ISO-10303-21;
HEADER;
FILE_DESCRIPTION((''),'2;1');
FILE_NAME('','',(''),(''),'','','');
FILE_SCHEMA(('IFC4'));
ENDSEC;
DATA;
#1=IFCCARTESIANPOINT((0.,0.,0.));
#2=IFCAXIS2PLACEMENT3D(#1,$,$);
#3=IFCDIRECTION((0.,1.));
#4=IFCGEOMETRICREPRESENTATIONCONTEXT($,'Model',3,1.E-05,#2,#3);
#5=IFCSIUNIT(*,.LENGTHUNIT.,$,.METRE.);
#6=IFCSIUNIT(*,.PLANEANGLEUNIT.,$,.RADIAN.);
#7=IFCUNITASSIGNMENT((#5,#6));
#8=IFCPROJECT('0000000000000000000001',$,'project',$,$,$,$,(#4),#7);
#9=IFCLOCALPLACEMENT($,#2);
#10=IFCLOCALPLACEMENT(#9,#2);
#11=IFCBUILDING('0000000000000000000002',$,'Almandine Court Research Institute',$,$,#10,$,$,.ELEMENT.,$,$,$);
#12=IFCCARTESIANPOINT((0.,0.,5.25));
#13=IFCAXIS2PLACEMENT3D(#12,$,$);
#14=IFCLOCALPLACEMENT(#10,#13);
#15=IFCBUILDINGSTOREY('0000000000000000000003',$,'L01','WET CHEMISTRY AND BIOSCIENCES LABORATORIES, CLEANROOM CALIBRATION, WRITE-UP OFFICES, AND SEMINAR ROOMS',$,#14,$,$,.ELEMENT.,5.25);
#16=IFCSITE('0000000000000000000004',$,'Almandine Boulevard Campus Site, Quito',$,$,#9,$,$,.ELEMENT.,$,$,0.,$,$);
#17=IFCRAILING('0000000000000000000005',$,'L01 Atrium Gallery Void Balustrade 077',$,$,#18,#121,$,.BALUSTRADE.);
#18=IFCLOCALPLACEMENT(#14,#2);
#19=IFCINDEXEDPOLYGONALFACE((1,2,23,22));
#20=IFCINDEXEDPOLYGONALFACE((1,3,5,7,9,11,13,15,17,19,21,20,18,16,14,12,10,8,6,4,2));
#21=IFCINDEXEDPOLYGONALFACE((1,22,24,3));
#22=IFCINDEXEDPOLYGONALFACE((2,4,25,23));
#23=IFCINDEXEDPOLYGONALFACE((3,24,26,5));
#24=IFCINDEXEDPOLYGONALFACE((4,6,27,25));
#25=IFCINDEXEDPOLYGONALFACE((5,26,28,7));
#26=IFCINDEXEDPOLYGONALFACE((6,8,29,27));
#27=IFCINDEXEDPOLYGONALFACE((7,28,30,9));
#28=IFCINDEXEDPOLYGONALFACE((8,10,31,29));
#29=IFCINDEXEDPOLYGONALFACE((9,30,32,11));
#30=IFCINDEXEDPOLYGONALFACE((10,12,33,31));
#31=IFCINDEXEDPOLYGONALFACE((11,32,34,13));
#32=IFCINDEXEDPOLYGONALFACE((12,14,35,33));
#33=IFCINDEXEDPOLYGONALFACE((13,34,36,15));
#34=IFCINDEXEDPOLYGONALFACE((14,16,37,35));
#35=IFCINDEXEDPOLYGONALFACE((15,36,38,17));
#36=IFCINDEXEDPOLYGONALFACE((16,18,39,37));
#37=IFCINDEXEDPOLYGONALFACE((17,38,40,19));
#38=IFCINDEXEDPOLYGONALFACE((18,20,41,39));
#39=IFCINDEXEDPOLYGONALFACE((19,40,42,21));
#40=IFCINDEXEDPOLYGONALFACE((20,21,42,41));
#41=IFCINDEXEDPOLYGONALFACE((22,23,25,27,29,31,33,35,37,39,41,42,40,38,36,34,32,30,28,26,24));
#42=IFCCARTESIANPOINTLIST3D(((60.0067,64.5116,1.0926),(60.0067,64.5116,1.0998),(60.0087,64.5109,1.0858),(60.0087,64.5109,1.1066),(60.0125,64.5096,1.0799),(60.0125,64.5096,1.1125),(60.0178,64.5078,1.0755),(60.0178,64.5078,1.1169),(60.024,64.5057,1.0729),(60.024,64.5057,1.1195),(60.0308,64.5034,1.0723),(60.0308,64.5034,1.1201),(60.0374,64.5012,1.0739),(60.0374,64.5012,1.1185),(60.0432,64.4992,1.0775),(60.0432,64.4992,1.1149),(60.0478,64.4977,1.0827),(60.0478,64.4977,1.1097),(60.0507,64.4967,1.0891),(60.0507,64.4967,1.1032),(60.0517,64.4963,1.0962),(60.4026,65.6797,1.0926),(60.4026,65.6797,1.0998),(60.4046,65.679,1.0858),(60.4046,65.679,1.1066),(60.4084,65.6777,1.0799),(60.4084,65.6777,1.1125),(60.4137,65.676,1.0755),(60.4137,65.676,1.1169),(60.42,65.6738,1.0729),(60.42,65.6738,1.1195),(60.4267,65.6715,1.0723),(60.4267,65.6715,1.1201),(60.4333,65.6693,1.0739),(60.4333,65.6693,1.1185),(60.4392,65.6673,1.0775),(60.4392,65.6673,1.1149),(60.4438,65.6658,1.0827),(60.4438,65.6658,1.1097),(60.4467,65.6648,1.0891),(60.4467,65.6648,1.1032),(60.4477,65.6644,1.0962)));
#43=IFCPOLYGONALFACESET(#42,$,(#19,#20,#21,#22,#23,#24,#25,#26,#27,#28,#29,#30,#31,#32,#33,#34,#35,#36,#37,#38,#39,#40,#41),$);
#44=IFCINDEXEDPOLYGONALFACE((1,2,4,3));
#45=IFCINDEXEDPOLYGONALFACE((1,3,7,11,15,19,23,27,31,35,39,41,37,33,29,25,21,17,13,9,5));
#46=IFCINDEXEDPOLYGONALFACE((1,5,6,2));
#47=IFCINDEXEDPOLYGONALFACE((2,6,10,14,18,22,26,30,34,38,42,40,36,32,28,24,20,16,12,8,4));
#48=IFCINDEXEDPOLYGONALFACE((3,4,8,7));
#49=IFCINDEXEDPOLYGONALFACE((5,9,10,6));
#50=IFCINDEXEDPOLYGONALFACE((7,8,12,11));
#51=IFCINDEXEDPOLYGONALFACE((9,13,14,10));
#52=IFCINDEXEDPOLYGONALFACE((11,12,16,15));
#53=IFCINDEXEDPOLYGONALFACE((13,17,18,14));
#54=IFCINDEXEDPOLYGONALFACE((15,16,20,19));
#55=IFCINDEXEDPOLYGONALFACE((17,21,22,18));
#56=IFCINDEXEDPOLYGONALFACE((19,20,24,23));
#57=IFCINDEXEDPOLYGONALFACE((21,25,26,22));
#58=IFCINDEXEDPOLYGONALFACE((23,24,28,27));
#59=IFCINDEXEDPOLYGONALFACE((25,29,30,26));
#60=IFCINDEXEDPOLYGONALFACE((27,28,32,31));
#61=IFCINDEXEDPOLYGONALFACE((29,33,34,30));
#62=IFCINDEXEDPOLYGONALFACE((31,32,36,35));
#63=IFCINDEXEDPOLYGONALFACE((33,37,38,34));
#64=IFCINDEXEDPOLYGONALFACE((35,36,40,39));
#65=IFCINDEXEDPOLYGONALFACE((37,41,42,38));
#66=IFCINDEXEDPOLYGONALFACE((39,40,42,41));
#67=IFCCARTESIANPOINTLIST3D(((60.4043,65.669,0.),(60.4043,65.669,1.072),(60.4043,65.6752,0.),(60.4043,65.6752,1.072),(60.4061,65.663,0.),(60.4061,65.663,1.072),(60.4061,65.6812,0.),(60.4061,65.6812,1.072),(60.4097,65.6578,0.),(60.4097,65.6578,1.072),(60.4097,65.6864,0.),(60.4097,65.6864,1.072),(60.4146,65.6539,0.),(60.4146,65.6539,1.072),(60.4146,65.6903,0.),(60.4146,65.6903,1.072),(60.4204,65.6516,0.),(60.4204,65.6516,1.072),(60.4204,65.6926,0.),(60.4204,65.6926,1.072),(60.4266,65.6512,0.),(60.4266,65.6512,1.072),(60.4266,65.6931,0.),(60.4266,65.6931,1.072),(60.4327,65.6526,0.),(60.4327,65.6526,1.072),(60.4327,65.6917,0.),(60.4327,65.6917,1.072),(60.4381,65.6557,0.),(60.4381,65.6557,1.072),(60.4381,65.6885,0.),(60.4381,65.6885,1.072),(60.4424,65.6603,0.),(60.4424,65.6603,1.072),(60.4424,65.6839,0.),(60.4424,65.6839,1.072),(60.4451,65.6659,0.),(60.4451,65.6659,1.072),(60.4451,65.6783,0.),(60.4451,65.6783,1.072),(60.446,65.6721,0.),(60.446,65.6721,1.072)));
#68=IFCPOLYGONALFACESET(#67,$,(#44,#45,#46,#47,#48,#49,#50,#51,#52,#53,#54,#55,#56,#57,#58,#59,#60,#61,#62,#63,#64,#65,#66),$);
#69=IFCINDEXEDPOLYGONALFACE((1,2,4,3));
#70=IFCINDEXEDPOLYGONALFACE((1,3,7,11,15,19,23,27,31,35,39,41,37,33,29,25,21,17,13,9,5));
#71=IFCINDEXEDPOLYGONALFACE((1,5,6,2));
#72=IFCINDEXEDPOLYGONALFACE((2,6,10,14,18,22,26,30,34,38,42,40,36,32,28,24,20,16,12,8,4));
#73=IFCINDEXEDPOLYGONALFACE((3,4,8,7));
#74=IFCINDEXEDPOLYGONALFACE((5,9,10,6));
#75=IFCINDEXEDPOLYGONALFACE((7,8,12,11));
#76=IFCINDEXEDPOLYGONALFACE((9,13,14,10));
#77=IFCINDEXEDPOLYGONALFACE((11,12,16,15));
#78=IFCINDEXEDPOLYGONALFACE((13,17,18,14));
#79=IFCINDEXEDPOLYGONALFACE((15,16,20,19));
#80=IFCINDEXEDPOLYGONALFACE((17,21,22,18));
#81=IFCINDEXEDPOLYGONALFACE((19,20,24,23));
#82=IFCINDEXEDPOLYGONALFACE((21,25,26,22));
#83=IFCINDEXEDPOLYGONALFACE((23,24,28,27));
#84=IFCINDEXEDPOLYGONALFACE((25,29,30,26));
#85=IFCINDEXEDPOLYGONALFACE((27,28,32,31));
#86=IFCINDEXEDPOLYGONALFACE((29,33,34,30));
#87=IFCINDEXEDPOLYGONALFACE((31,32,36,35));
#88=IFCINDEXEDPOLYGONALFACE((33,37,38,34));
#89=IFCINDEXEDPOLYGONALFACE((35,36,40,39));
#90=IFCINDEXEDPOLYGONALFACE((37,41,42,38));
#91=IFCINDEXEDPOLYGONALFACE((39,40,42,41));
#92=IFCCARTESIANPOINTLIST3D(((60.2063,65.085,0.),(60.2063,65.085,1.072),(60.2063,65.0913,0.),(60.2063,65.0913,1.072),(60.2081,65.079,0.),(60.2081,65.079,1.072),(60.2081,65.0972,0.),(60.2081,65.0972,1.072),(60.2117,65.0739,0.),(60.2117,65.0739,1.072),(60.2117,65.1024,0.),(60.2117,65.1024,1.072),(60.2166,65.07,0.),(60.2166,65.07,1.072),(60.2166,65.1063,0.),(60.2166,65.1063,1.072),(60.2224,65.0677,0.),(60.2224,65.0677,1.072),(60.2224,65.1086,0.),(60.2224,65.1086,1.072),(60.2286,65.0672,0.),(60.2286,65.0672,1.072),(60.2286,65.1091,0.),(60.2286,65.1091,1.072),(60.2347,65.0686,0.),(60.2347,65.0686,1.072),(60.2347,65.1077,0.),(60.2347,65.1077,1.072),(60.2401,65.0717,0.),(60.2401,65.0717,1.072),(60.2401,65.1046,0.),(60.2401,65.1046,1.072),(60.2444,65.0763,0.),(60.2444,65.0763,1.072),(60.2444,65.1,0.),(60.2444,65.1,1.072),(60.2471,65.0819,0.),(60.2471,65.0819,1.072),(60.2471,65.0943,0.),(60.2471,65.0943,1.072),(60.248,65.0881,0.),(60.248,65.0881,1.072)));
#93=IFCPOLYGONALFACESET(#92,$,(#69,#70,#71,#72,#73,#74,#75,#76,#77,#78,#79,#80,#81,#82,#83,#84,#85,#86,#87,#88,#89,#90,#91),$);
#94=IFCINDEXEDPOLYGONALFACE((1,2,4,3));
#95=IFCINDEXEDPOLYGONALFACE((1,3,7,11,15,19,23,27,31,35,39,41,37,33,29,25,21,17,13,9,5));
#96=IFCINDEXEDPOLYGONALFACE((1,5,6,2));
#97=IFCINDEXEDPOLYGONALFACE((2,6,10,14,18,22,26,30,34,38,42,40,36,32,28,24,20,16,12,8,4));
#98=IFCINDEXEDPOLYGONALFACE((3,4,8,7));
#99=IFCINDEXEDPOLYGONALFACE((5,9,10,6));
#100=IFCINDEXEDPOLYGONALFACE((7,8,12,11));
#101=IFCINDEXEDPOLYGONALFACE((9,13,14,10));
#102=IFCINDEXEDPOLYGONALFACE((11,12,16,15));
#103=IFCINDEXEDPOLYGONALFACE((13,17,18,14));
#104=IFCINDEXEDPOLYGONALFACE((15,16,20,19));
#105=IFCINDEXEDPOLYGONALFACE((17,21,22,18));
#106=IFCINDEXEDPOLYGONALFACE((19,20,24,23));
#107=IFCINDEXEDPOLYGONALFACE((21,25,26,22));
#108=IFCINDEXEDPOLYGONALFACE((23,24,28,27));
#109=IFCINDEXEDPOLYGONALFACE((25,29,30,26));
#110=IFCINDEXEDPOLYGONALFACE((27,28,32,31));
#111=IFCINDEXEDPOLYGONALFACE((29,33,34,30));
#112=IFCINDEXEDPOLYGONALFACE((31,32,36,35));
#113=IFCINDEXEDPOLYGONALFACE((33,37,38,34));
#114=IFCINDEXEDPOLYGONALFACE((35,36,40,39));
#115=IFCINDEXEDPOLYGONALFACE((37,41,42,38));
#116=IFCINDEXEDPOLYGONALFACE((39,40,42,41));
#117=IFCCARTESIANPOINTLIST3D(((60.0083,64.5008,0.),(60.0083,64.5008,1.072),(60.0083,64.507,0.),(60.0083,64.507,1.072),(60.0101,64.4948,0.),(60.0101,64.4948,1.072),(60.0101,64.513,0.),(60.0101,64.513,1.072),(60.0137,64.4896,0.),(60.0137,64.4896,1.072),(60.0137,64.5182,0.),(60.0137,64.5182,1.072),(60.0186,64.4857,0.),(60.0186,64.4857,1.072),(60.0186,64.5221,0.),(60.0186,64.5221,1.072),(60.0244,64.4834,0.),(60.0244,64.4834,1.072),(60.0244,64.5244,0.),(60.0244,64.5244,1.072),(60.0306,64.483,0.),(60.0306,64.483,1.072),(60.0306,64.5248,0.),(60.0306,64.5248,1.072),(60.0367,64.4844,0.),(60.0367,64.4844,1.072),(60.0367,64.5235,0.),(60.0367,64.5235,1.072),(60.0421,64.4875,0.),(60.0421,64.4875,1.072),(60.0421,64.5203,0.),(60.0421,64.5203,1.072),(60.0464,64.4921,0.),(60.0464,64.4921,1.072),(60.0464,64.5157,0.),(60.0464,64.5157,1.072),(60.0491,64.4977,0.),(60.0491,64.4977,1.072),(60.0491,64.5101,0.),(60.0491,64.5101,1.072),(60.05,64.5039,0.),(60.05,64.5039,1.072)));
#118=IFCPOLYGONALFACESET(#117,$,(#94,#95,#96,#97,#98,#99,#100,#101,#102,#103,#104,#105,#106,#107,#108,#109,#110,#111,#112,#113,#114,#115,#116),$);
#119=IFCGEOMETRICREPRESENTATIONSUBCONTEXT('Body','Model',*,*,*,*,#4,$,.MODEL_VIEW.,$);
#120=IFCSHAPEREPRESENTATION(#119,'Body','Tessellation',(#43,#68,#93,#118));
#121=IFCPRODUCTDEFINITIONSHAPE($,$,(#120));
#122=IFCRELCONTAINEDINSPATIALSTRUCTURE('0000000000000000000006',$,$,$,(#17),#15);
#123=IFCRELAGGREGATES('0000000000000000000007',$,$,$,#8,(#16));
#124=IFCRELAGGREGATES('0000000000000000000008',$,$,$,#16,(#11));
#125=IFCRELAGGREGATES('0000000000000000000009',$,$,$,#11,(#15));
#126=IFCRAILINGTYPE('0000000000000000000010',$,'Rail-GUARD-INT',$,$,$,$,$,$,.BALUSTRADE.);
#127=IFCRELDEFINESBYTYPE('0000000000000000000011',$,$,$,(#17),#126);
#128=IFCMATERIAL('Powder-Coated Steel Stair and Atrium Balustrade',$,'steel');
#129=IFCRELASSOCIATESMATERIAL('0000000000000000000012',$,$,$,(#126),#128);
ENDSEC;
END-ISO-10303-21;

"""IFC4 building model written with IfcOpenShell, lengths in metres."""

from ifc_helpers import new_model, si_unit, direction, frame, origin, origin_2d, place, context, subcontext, project, spatial, circle, extrude, material, type_object, element, save


model = new_model("IFC4")

# Units and contexts
model_context = context("Model", 3, precision=1e-05, world=origin(), true_north=direction((0.0, 1.0)))
body_context = subcontext(model_context, "Body", "Model", "MODEL_VIEW")
ifc_project = project(units=[si_unit("LENGTHUNIT", "METRE"), si_unit("PLANEANGLEUNIT", "RADIAN")], contexts=[model_context])

# Site, building, storey
site_placement = place(None, origin())
site = spatial("IfcSite", under=ifc_project, at=site_placement, Name="Almandine Boulevard Campus Site, Quito", CompositionType="ELEMENT", RefElevation=0.0)
building_placement = place(site_placement, origin())
building = spatial("IfcBuilding", under=site, at=building_placement, Name="Almandine Court Research Institute", CompositionType="ELEMENT")
storey_placement = place(building_placement, frame((0.0, 0.0, 5.25)))
storey = spatial("IfcBuildingStorey", under=building, at=storey_placement, Name="L01", Description="WET CHEMISTRY AND BIOSCIENCES LABORATORIES, CLEANROOM CALIBRATION, WRITE-UP OFFICES, AND SEMINAR ROOMS", CompositionType="ELEMENT", Elevation=5.25)

# Railing
ifc_material_1 = material(Name="Powder-Coated Steel Stair and Atrium Balustrade", Category="steel")
railing_type = type_object("IfcRailingType", Name="Rail-GUARD-INT", PredefinedType="BALUSTRADE", material=ifc_material_1)
railing_1_placement = place(storey_placement, frame((60.425, 65.6721, 0.0)))
element("IfcRailing", 1, at=railing_1_placement, inside=storey, type_object=railing_type, Name="L01 Atrium Gallery Void Balustrade 077", PredefinedType="BALUSTRADE", context=body_context, shape_type="SweptSolid", body=[
    extrude(circle(Radius=0.0239, at=origin_2d()), frame((0.0, 0.0, 1.0962), z_axis=(-0.321033, -0.947068, 0.0), x_axis=(0.947068, -0.321033, 0.0)), (0.0, 0.0, 1.0), 1.2334),
    extrude(circle(Radius=0.021, at=origin_2d()), origin(), (0.0, 0.0, 1.0), 1.072),
    extrude(circle(Radius=0.021, at=origin_2d()), frame((-0.198, -0.584, 0.0)), (0.0, 0.0, 1.0), 1.072),
    extrude(circle(Radius=0.021, at=origin_2d()), frame((-0.396, -1.1682, 0.0)), (0.0, 0.0, 1.0), 1.072),
])

save(model, "model.ifc")
